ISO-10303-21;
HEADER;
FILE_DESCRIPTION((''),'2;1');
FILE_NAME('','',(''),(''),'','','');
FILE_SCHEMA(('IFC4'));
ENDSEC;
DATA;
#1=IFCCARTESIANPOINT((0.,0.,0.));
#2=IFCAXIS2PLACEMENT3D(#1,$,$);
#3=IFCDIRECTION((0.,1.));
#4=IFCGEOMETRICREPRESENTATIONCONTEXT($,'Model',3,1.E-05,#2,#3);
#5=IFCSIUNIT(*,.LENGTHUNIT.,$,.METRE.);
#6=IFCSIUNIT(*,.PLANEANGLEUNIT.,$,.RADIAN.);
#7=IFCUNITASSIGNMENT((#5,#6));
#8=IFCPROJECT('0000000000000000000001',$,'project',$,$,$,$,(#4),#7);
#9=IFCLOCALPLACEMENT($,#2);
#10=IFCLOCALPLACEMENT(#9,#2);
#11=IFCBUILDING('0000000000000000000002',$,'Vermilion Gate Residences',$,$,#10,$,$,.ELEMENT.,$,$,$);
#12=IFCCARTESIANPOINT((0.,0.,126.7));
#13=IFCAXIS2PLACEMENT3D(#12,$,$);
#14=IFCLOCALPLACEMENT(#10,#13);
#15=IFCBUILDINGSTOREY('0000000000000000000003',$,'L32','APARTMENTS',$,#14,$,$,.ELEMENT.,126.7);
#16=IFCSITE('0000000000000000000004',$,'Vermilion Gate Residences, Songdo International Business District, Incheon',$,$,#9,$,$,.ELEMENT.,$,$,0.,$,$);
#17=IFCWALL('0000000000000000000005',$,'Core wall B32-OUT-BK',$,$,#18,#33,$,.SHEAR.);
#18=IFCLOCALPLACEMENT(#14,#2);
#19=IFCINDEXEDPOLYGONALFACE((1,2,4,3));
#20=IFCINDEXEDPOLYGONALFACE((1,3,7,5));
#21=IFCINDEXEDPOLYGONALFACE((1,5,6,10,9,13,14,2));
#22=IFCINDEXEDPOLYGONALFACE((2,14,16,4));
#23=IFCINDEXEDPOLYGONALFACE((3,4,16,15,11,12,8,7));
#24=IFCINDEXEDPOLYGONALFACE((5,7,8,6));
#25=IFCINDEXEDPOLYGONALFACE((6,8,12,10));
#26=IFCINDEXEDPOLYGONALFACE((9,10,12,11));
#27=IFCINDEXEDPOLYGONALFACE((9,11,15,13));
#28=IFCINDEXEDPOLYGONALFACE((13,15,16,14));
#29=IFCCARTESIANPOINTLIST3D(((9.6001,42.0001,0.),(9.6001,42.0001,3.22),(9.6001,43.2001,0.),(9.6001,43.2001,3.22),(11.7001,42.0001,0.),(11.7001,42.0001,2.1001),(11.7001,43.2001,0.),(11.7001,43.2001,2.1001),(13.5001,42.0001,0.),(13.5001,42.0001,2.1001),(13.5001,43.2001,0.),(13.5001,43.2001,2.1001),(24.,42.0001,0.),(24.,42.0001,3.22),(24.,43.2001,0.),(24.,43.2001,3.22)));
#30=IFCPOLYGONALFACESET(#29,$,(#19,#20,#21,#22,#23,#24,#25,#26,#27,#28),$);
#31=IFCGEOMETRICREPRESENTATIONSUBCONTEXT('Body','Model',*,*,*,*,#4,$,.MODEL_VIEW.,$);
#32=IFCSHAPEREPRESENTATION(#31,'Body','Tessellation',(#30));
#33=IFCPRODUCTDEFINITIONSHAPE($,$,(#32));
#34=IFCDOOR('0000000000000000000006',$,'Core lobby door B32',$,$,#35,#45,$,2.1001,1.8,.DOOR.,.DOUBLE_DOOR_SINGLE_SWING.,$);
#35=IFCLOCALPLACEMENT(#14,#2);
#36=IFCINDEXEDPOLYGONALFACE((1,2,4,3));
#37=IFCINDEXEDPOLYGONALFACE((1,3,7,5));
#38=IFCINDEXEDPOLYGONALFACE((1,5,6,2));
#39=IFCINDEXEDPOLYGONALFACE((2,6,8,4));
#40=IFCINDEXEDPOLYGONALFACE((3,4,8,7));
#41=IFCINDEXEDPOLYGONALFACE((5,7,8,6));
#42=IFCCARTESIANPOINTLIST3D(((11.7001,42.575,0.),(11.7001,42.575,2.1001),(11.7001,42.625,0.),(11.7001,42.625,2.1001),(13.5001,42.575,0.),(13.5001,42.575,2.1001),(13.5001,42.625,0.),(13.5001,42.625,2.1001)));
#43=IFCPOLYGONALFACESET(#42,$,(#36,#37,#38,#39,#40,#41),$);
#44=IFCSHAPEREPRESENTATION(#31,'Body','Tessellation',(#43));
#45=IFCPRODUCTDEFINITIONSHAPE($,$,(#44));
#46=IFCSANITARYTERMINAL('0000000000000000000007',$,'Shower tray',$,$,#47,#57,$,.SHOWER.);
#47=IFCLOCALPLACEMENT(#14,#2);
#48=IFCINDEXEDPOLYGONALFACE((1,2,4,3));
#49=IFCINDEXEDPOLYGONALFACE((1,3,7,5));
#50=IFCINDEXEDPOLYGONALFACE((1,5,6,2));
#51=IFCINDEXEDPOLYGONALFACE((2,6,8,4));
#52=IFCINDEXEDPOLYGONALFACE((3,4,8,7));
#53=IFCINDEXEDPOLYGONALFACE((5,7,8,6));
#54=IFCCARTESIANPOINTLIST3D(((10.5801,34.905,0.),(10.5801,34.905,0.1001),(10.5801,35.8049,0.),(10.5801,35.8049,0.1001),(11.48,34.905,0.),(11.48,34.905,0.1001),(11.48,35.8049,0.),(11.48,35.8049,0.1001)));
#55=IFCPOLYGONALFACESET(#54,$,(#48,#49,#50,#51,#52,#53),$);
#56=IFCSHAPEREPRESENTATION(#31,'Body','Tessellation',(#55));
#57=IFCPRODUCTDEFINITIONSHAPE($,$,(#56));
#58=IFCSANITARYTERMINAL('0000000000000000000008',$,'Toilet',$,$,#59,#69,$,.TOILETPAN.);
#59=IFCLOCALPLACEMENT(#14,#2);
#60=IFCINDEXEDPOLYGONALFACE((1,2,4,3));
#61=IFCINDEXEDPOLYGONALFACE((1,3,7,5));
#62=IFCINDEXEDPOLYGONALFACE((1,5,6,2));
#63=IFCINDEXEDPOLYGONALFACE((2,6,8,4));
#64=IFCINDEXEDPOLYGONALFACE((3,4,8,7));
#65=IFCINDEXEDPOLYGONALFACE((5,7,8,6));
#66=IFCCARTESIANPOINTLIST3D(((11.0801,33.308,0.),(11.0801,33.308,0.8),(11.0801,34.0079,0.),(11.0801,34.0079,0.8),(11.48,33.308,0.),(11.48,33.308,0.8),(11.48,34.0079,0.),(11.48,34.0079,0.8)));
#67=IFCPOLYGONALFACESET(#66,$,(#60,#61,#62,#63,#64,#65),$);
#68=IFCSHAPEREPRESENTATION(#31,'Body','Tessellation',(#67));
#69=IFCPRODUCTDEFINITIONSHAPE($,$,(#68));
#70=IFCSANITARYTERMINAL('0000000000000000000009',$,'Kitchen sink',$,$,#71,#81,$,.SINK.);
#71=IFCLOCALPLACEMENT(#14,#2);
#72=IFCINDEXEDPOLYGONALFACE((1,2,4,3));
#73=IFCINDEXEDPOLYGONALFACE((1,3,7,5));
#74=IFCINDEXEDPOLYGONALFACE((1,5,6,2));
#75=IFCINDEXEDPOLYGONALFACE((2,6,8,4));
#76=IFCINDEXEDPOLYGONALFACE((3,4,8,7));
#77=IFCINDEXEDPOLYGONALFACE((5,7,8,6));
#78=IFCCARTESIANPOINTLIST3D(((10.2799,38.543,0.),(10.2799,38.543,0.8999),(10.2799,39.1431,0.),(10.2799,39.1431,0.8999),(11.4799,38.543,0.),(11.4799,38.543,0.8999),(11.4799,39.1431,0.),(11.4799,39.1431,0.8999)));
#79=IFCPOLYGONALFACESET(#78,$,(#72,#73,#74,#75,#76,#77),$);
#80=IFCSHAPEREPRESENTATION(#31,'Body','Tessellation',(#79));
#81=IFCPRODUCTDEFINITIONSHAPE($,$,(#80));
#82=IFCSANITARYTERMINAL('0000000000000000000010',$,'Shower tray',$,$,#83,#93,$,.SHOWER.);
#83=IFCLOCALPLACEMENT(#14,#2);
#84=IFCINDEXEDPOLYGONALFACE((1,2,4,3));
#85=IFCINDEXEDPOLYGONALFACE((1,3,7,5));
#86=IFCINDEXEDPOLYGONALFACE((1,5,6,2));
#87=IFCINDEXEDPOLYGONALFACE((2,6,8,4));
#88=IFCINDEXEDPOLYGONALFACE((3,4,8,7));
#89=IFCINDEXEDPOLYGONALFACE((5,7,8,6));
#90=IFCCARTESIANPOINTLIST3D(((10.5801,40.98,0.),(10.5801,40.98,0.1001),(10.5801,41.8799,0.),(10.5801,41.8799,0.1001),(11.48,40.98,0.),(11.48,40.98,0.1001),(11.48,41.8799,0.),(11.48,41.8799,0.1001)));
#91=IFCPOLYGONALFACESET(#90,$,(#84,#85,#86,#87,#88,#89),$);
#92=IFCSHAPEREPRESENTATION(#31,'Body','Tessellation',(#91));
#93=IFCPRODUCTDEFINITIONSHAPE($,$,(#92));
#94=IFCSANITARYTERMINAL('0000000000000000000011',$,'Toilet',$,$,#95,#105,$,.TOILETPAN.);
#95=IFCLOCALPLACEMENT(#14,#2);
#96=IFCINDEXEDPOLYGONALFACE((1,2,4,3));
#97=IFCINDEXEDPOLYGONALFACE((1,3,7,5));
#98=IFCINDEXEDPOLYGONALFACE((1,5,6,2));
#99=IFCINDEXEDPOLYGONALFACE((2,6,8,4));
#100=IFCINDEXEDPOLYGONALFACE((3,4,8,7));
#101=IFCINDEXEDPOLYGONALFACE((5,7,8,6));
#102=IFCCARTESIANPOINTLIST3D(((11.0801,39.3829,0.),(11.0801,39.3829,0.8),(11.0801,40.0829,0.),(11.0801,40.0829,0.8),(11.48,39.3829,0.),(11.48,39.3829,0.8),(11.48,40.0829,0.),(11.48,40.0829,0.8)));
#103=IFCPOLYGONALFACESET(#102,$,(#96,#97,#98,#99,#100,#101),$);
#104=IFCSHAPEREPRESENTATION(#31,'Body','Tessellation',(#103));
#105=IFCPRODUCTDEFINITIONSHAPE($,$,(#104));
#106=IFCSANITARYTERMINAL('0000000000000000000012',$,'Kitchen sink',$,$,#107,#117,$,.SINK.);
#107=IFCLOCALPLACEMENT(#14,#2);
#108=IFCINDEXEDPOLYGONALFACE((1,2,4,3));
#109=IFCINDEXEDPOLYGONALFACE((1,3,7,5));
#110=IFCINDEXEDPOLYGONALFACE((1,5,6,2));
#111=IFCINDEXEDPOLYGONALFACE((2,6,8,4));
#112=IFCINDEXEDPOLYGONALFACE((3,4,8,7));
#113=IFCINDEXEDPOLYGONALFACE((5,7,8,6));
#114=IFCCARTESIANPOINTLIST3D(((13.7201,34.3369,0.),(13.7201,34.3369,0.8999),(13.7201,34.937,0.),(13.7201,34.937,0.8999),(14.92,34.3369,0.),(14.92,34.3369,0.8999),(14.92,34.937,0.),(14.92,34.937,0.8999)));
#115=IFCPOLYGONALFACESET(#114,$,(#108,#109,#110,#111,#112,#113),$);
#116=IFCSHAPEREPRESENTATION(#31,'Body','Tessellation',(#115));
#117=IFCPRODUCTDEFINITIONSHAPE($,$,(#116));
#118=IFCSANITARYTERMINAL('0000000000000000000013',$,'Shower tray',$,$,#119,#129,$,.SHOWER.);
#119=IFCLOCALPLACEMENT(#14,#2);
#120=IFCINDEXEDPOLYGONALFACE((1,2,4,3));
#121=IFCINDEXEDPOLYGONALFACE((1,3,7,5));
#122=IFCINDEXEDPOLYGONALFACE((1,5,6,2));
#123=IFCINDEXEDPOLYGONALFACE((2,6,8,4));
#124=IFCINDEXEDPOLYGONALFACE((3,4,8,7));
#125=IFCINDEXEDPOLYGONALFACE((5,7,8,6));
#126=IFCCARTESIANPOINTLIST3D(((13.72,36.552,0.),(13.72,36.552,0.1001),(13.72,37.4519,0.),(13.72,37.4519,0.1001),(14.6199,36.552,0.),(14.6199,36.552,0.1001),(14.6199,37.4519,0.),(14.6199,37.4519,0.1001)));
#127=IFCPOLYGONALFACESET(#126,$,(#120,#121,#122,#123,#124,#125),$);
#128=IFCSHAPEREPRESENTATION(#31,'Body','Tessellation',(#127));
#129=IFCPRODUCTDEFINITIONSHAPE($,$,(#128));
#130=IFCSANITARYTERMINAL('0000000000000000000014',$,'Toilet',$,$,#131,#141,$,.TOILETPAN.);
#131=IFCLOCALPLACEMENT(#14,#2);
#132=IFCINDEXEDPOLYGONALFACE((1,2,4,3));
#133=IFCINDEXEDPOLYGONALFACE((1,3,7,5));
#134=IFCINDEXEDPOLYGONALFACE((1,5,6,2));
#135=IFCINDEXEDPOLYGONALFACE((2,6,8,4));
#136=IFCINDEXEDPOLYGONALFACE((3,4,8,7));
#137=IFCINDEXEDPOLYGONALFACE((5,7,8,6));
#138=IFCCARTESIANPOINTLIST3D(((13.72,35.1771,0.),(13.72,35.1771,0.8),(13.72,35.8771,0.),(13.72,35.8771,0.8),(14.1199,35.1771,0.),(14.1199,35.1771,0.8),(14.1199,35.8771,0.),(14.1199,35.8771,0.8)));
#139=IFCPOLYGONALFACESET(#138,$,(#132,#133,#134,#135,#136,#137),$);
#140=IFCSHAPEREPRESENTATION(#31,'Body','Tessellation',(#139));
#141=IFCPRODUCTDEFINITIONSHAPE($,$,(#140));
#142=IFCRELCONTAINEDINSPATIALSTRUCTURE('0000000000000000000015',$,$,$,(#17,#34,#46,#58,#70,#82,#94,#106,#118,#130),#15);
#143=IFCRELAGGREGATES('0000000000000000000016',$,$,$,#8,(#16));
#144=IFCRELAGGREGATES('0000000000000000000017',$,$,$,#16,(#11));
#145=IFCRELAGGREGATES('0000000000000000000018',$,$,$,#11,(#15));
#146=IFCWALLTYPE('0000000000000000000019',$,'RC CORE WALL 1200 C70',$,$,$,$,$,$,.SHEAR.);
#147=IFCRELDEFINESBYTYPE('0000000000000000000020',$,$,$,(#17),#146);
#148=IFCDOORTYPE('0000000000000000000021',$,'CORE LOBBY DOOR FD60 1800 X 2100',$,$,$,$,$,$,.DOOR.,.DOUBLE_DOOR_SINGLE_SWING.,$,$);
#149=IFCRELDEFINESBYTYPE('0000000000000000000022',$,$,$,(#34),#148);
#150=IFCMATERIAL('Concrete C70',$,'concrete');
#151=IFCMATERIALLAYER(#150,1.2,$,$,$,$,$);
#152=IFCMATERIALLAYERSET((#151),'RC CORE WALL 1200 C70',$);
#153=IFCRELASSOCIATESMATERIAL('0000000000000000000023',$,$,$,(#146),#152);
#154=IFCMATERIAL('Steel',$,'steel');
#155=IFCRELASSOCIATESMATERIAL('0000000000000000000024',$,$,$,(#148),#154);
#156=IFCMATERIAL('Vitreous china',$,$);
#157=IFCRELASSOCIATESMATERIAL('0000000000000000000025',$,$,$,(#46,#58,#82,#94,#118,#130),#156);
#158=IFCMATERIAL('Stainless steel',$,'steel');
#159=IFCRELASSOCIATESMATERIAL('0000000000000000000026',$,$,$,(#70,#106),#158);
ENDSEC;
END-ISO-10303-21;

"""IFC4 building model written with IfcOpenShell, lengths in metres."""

from ifc_helpers import new_model, si_unit, direction, frame, frame_2d, origin, origin_2d, place, context, subcontext, project, spatial, rectangle, extrude, material, layer, layer_set, type_object, element, fill, save


model = new_model("IFC4")

# Units and contexts
model_context = context("Model", 3, precision=1e-05, world=origin(), true_north=direction((0.0, 1.0)))
body_context = subcontext(model_context, "Body", "Model", "MODEL_VIEW")
ifc_project = project(units=[si_unit("LENGTHUNIT", "METRE"), si_unit("PLANEANGLEUNIT", "RADIAN")], contexts=[model_context])

# Site, building, storey
site_placement = place(None, origin())
site = spatial("IfcSite", under=ifc_project, at=site_placement, Name="Vermilion Gate Residences, Songdo International Business District, Incheon", CompositionType="ELEMENT", RefElevation=0.0)
building_placement = place(site_placement, origin())
building = spatial("IfcBuilding", under=site, at=building_placement, Name="Vermilion Gate Residences", CompositionType="ELEMENT")
storey_placement = place(building_placement, frame((0.0, 0.0, 126.7)))
storey = spatial("IfcBuildingStorey", under=building, at=storey_placement, Name="L32", Description="APARTMENTS", CompositionType="ELEMENT", Elevation=126.7)

# Wall, opening, door
ifc_material_1 = material(Name="Concrete C70", Category="concrete")
ifc_layer_1 = layer(ifc_material_1, 1.2)
ifc_layer_set_1 = layer_set([ifc_layer_1], Name="RC CORE WALL 1200 C70")
wall_type_1 = type_object("IfcWallType", Name="RC CORE WALL 1200 C70", PredefinedType="SHEAR", material=ifc_layer_set_1)
wall_1_placement = place(storey_placement, frame((9.6001, 42.6001, 0.0), z_axis=(0.0, 0.0, 1.0), x_axis=(1.0, 0.0, 0.0)))
wall_1 = element("IfcWall", 1, at=wall_1_placement, inside=storey, type_object=wall_type_1, Name="Core wall B32-OUT-BK", PredefinedType="SHEAR", context=body_context, shape_type="SweptSolid", body=[
    extrude(rectangle(XDim=14.3999, YDim=1.2, at=frame_2d((7.2, 0.0))), origin(), (0.0, 0.0, 1.0), 3.22),
])
opening_1_placement = place(wall_1_placement, frame((2.1001, 0.0, 0.0)))
opening_1 = element("IfcOpeningElement", 2, at=opening_1_placement, cuts=wall_1, PredefinedType="OPENING", context=body_context, shape_type="SweptSolid", body=[
    extrude(rectangle(XDim=1.8, YDim=2.1001, at=frame_2d((0.8999, 1.05))), frame((0.0, 0.6099, 0.0), z_axis=(0.0, -1.0, 0.0), x_axis=(1.0, 0.0, 0.0)), (0.0, 0.0, 1.0), 1.22),
])
ifc_material_2 = material(Name="Steel", Category="steel")
door_type_1 = type_object("IfcDoorType", Name="CORE LOBBY DOOR FD60 1800 X 2100", OperationType="DOUBLE_DOOR_SINGLE_SWING", PredefinedType="DOOR", material=ifc_material_2)
door_1_placement = place(opening_1_placement, origin())
door_1 = element("IfcDoor", 3, at=door_1_placement, inside=storey, type_object=door_type_1, Name="Core lobby door B32", OperationType="DOUBLE_DOOR_SINGLE_SWING", OverallHeight=2.1001, OverallWidth=1.8, PredefinedType="DOOR", context=body_context, shape_type="SweptSolid", body=[
    extrude(rectangle(XDim=1.8, YDim=2.1001, at=frame_2d((0.8999, 1.05))), frame((0.0, 0.0249, 0.0), z_axis=(0.0, -1.0, 0.0), x_axis=(1.0, 0.0, 0.0)), (0.0, 0.0, 1.0), 0.05),
])
fill(opening_1, door_1)

# Sanitary terminals
ifc_material_3 = material(Name="Vitreous china")
sanitary_terminal_1_placement = place(storey_placement, frame((11.03, 35.355, 0.0), z_axis=(0.0, 0.0, 1.0), x_axis=(1.0, 0.0, 0.0)))
element("IfcSanitaryTerminal", 4, at=sanitary_terminal_1_placement, inside=storey, material=ifc_material_3, Name="Shower tray", PredefinedType="SHOWER", context=body_context, shape_type="SweptSolid", body=[
    extrude(rectangle(XDim=0.8999, YDim=0.8999, at=origin_2d()), origin(), (0.0, 0.0, 1.0), 0.1001),
])
sanitary_terminal_2_placement = place(storey_placement, frame((11.28, 33.658, 0.0), z_axis=(0.0, 0.0, 1.0), x_axis=(1.0, 0.0, 0.0)))
element("IfcSanitaryTerminal", 5, at=sanitary_terminal_2_placement, inside=storey, material=ifc_material_3, Name="Toilet", PredefinedType="TOILETPAN", context=body_context, shape_type="SweptSolid", body=[
    extrude(rectangle(XDim=0.3999, YDim=0.7, at=origin_2d()), origin(), (0.0, 0.0, 1.0), 0.8),
])
ifc_material_4 = material(Name="Stainless steel", Category="steel")
sanitary_terminal_3_placement = place(storey_placement, frame((10.8799, 38.843, 0.0), z_axis=(0.0, 0.0, 1.0), x_axis=(1.0, 0.0, 0.0)))
element("IfcSanitaryTerminal", 6, at=sanitary_terminal_3_placement, inside=storey, material=ifc_material_4, Name="Kitchen sink", PredefinedType="SINK", context=body_context, shape_type="SweptSolid", body=[
    extrude(rectangle(XDim=1.2, YDim=0.6001, at=origin_2d()), origin(), (0.0, 0.0, 1.0), 0.8999),
])
sanitary_terminal_4_placement = place(storey_placement, frame((11.03, 41.4299, 0.0), z_axis=(0.0, 0.0, 1.0), x_axis=(1.0, 0.0, 0.0)))
element("IfcSanitaryTerminal", 7, at=sanitary_terminal_4_placement, inside=storey, material=ifc_material_3, Name="Shower tray", PredefinedType="SHOWER", context=body_context, shape_type="SweptSolid", body=[
    extrude(rectangle(XDim=0.8999, YDim=0.8999, at=origin_2d()), origin(), (0.0, 0.0, 1.0), 0.1001),
])
sanitary_terminal_5_placement = place(storey_placement, frame((11.28, 39.7329, 0.0), z_axis=(0.0, 0.0, 1.0), x_axis=(1.0, 0.0, 0.0)))
element("IfcSanitaryTerminal", 8, at=sanitary_terminal_5_placement, inside=storey, material=ifc_material_3, Name="Toilet", PredefinedType="TOILETPAN", context=body_context, shape_type="SweptSolid", body=[
    extrude(rectangle(XDim=0.3999, YDim=0.7, at=origin_2d()), origin(), (0.0, 0.0, 1.0), 0.8),
])
sanitary_terminal_6_placement = place(storey_placement, frame((14.3201, 34.637, 0.0), z_axis=(0.0, 0.0, 1.0), x_axis=(1.0, 0.0, 0.0)))
element("IfcSanitaryTerminal", 9, at=sanitary_terminal_6_placement, inside=storey, material=ifc_material_4, Name="Kitchen sink", PredefinedType="SINK", context=body_context, shape_type="SweptSolid", body=[
    extrude(rectangle(XDim=1.2, YDim=0.6001, at=origin_2d()), origin(), (0.0, 0.0, 1.0), 0.8999),
])
sanitary_terminal_7_placement = place(storey_placement, frame((14.1699, 37.002, 0.0), z_axis=(0.0, 0.0, 1.0), x_axis=(1.0, 0.0, 0.0)))
element("IfcSanitaryTerminal", 10, at=sanitary_terminal_7_placement, inside=storey, material=ifc_material_3, Name="Shower tray", PredefinedType="SHOWER", context=body_context, shape_type="SweptSolid", body=[
    extrude(rectangle(XDim=0.8999, YDim=0.8999, at=origin_2d()), origin(), (0.0, 0.0, 1.0), 0.1001),
])
sanitary_terminal_8_placement = place(storey_placement, frame((13.9199, 35.5271, 0.0), z_axis=(0.0, 0.0, 1.0), x_axis=(1.0, 0.0, 0.0)))
element("IfcSanitaryTerminal", 11, at=sanitary_terminal_8_placement, inside=storey, material=ifc_material_3, Name="Toilet", PredefinedType="TOILETPAN", context=body_context, shape_type="SweptSolid", body=[
    extrude(rectangle(XDim=0.3999, YDim=0.7, at=origin_2d()), origin(), (0.0, 0.0, 1.0), 0.8),
])

save(model, "model.ifc")
